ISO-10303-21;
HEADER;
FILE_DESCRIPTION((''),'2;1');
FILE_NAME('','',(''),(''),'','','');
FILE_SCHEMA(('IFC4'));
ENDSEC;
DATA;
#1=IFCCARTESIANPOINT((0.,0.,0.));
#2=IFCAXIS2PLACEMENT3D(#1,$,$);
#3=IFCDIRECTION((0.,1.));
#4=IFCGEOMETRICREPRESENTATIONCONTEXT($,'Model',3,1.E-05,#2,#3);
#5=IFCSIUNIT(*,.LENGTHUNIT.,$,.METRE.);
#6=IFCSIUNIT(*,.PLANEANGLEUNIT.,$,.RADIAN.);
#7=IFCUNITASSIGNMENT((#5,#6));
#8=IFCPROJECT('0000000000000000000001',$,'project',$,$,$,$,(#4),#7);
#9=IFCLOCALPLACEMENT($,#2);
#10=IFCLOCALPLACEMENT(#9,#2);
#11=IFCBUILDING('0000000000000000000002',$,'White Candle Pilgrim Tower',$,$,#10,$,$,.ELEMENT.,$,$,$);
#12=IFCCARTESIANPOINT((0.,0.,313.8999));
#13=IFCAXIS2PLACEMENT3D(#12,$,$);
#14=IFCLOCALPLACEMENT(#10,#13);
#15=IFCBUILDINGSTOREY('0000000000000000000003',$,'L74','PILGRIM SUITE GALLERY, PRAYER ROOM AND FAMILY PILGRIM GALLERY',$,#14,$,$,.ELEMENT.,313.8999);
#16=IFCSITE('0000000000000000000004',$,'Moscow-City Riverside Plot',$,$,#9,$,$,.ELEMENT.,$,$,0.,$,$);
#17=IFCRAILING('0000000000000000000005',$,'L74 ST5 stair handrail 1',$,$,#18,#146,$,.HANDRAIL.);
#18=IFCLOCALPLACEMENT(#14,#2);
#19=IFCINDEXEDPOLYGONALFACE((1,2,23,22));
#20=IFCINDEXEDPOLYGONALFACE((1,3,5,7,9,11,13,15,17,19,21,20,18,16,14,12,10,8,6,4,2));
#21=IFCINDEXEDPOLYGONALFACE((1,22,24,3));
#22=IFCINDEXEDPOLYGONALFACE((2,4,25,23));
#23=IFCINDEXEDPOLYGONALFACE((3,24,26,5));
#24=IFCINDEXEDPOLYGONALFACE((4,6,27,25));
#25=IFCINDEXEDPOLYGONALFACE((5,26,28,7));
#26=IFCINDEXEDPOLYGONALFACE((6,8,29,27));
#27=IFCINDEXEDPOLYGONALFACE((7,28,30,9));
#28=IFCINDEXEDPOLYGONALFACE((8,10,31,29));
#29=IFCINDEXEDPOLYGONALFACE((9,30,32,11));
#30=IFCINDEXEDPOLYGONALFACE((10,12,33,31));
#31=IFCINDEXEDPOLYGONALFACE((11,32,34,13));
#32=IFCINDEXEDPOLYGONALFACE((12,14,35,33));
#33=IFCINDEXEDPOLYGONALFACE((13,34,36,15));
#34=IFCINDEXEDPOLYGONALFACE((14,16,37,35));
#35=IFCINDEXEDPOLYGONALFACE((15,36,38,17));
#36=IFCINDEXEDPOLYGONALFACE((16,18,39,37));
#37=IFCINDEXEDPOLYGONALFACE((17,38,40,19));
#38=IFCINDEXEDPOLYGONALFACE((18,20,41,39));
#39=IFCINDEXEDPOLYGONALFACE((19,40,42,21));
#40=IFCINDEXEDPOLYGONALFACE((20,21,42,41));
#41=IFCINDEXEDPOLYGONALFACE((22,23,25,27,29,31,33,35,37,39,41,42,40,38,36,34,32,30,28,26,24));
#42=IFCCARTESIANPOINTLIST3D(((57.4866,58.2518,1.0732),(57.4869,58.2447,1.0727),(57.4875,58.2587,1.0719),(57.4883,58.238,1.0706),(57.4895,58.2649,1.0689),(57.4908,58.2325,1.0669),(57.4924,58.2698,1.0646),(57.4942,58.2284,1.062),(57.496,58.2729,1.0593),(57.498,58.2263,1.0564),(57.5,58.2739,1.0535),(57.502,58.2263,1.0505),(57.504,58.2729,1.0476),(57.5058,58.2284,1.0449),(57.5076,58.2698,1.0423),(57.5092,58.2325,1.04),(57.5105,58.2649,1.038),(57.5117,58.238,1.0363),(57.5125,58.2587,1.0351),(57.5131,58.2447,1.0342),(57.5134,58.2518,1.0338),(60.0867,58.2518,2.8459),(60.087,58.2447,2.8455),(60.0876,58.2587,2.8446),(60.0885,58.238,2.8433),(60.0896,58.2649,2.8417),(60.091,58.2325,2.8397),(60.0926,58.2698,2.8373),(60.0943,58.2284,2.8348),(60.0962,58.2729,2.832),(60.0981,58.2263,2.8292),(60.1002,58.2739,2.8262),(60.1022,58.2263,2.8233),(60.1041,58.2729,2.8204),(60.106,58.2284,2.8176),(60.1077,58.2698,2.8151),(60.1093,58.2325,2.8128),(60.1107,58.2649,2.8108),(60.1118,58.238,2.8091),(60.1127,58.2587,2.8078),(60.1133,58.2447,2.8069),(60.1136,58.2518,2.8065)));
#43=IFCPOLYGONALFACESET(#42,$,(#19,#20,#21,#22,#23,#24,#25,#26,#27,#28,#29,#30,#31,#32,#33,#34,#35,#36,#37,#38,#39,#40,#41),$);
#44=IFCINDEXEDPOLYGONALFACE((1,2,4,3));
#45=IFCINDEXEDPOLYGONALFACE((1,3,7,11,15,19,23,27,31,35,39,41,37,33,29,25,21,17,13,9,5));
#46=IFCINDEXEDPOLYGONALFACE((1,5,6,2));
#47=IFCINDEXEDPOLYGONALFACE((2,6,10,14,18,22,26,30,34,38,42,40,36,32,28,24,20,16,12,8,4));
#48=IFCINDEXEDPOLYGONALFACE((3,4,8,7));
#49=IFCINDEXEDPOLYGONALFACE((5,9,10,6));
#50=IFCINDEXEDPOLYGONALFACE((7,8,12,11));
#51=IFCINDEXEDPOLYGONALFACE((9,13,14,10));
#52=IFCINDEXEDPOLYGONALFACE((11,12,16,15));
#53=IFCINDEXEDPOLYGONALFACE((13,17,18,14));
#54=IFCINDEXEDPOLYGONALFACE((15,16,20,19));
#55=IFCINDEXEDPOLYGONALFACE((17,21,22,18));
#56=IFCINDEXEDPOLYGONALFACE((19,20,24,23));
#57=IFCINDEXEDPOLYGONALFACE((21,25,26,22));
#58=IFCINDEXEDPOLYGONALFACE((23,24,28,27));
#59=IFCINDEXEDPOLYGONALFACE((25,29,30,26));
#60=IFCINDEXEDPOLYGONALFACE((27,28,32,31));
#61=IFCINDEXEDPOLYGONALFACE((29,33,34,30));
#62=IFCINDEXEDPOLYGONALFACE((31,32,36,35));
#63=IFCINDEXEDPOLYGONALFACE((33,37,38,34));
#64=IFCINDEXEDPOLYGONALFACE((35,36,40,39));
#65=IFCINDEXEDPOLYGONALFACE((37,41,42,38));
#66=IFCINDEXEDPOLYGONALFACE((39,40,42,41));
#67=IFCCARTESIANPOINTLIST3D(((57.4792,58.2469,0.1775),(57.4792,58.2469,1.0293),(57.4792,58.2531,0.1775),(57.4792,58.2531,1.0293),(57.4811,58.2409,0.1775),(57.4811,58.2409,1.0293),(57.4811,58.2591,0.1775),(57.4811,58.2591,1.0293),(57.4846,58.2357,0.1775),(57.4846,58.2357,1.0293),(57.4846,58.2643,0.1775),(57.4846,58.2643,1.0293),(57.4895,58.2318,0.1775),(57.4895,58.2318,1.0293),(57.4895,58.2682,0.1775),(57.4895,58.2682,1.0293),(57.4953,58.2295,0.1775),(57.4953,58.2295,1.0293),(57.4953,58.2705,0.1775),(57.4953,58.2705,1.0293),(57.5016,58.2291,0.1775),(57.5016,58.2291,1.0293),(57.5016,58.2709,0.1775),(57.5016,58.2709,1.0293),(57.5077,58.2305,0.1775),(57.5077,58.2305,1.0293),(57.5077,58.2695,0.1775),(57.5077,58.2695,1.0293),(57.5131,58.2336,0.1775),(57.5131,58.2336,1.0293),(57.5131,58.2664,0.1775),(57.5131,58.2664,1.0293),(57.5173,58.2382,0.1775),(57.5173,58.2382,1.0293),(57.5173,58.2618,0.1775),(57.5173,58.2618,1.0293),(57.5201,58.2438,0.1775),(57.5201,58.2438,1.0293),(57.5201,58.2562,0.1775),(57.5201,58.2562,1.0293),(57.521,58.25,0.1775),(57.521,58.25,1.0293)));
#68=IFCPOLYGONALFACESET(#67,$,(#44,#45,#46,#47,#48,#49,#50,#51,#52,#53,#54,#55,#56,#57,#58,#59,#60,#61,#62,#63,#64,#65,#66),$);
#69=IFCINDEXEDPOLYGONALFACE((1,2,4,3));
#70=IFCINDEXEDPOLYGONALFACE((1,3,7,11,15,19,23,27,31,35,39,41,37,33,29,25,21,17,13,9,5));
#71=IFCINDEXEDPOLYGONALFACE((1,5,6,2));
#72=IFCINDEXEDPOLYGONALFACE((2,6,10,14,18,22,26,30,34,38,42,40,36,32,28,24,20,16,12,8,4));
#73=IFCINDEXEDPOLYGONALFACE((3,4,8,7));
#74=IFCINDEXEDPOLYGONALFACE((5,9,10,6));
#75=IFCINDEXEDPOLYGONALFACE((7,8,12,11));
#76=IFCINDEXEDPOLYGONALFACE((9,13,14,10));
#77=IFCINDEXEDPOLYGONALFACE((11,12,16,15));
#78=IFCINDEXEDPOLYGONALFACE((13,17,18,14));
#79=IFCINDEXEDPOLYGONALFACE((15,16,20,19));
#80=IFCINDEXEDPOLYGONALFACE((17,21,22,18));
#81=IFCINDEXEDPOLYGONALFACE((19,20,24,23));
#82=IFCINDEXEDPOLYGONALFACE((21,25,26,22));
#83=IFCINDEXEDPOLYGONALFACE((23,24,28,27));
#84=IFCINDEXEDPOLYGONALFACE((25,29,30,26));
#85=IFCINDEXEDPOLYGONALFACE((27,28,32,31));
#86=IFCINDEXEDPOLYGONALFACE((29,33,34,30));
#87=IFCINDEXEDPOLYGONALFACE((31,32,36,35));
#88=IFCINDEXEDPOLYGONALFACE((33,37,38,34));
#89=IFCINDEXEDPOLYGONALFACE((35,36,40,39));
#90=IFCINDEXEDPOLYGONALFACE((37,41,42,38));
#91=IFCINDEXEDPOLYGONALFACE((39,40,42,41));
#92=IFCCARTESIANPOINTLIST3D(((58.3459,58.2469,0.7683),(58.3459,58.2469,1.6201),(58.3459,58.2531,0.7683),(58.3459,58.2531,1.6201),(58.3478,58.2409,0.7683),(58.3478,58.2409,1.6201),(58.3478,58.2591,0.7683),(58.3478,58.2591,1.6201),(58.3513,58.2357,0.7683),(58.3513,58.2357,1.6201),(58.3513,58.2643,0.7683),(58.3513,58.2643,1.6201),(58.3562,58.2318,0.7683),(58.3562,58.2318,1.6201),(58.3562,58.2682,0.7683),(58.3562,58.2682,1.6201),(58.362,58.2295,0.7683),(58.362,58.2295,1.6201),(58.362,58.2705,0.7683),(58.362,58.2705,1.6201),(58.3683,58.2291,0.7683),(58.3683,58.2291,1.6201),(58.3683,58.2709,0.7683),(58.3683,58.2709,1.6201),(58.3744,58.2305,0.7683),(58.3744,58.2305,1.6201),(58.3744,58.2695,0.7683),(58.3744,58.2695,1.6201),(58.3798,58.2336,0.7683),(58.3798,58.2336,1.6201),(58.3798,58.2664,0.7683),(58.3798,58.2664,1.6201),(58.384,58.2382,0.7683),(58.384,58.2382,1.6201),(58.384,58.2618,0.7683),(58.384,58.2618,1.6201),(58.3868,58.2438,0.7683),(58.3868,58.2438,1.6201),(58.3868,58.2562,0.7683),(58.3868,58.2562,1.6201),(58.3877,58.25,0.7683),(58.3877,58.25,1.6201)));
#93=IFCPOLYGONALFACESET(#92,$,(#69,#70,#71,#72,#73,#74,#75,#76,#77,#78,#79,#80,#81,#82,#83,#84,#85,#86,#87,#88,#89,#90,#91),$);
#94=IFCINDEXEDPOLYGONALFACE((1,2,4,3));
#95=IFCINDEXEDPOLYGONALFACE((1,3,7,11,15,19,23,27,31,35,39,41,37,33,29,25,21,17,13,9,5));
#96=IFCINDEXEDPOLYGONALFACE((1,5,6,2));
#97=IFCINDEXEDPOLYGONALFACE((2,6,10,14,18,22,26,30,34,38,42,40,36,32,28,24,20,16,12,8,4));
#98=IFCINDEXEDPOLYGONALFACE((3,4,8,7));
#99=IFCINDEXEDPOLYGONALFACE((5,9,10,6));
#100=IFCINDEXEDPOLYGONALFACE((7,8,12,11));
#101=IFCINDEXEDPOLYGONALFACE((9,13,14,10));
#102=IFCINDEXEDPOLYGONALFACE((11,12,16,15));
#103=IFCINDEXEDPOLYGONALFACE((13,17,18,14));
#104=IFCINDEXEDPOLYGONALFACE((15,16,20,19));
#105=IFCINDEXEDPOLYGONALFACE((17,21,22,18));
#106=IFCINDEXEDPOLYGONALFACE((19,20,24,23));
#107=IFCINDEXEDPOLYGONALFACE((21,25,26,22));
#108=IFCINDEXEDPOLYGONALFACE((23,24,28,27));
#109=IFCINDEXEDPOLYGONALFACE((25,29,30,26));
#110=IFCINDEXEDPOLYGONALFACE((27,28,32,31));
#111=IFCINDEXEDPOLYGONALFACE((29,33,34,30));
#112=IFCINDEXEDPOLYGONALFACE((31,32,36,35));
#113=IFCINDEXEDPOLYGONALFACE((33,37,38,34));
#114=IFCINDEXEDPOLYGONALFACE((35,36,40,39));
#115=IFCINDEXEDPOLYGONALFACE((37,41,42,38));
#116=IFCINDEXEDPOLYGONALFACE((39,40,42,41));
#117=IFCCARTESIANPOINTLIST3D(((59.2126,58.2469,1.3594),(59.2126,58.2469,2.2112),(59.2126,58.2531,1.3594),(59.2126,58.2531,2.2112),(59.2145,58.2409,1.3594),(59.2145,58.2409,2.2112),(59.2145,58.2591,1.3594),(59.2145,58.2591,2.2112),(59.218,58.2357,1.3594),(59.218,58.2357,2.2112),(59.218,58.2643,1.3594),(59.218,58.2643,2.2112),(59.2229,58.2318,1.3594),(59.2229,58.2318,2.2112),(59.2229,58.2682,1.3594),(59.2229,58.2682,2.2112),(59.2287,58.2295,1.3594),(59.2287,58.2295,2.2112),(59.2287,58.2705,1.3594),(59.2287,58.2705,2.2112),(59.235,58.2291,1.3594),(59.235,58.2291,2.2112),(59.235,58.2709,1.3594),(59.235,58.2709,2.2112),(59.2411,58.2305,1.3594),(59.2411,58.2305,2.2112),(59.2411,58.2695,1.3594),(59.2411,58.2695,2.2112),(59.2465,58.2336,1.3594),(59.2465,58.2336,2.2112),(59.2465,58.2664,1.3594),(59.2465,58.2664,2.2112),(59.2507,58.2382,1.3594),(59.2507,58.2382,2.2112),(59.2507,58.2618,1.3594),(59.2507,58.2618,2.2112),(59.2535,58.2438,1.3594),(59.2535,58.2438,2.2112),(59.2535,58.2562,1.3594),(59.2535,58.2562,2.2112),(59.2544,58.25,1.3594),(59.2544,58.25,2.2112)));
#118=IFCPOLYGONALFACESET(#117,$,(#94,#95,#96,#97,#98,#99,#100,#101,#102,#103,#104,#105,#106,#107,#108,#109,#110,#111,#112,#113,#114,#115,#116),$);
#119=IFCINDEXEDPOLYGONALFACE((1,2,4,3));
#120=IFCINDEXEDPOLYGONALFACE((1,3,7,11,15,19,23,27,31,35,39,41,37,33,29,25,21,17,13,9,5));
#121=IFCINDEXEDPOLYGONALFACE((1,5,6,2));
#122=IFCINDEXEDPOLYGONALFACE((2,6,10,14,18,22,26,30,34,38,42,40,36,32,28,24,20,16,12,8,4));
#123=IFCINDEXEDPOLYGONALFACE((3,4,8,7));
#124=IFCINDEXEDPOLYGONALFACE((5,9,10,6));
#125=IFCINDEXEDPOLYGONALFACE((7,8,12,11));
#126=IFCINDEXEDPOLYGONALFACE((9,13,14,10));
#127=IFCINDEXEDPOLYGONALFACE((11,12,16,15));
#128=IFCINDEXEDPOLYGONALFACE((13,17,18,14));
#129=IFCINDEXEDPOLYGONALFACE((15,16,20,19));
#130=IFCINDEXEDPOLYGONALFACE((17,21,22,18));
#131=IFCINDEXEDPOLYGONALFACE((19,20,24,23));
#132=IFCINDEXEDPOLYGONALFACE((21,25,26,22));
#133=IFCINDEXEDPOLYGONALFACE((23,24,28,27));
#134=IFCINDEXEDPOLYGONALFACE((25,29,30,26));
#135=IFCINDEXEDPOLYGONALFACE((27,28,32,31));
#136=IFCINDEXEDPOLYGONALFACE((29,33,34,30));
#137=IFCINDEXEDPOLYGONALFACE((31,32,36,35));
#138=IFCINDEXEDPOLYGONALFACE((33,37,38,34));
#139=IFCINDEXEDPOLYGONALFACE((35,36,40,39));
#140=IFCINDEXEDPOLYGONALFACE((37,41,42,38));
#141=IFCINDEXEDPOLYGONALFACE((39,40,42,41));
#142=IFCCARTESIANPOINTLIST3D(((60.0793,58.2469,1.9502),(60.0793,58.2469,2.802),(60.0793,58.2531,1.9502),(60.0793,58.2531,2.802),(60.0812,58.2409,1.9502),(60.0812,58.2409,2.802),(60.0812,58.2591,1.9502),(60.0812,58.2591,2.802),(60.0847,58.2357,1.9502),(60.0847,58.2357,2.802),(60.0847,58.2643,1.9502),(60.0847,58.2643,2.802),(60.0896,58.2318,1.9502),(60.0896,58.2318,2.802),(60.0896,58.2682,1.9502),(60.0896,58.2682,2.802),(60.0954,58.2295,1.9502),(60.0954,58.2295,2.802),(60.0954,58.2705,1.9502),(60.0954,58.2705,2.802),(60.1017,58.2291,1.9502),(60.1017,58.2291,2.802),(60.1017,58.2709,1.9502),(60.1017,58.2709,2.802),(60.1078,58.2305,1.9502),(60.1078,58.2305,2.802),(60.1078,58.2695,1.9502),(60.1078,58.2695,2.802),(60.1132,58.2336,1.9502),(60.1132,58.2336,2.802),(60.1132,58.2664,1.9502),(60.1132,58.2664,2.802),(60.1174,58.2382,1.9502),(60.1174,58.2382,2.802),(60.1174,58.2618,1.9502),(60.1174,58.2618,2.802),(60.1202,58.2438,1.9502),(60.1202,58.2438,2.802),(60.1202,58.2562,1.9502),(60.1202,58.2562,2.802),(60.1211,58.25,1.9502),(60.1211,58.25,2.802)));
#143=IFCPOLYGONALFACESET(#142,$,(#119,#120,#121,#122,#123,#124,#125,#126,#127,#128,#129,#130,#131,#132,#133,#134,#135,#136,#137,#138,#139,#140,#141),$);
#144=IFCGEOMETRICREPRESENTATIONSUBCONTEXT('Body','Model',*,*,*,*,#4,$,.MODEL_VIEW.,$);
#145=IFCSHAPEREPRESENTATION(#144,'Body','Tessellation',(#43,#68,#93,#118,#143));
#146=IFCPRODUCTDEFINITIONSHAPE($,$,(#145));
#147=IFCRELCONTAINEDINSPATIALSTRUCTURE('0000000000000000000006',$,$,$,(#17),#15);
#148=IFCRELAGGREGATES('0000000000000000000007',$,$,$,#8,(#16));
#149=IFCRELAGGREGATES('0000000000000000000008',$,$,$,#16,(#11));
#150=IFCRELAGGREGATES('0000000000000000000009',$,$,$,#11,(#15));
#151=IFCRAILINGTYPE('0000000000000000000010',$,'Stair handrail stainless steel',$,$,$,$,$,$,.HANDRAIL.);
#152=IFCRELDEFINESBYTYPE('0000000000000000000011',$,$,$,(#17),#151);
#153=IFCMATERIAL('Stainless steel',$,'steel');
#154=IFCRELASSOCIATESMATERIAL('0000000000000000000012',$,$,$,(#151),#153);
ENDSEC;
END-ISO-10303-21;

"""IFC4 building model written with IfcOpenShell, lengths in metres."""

from ifc_helpers import new_model, si_unit, direction, frame, origin, origin_2d, place, context, subcontext, project, spatial, circle, extrude, material, type_object, element, save


model = new_model("IFC4")

# Units and contexts
model_context = context("Model", 3, precision=1e-05, world=origin(), true_north=direction((0.0, 1.0)))
body_context = subcontext(model_context, "Body", "Model", "MODEL_VIEW")
ifc_project = project(units=[si_unit("LENGTHUNIT", "METRE"), si_unit("PLANEANGLEUNIT", "RADIAN")], contexts=[model_context])

# Site, building, storey
site_placement = place(None, origin())
site = spatial("IfcSite", under=ifc_project, at=site_placement, Name="Moscow-City Riverside Plot", CompositionType="ELEMENT", RefElevation=0.0)
building_placement = place(site_placement, origin())
building = spatial("IfcBuilding", under=site, at=building_placement, Name="White Candle Pilgrim Tower", CompositionType="ELEMENT")
storey_placement = place(building_placement, frame((0.0, 0.0, 313.8999)))
storey = spatial("IfcBuildingStorey", under=building, at=storey_placement, Name="L74", Description="PILGRIM SUITE GALLERY, PRAYER ROOM AND FAMILY PILGRIM GALLERY", CompositionType="ELEMENT", Elevation=313.8999)

# Railing
ifc_material_1 = material(Name="Stainless steel", Category="steel")
railing_type_1 = type_object("IfcRailingType", Name="Stair handrail stainless steel", PredefinedType="HANDRAIL", material=ifc_material_1)
railing_1_placement = place(storey_placement, frame((57.5, 58.25, 0.1775)))
element("IfcRailing", 1, at=railing_1_placement, inside=storey, type_object=railing_type_1, Name="L74 ST5 stair handrail 1", PredefinedType="HANDRAIL", context=body_context, shape_type="SweptSolid", body=[
    extrude(circle(Radius=0.0239, at=origin_2d()), frame((0.0, 0.0, 0.876), z_axis=(0.82624, 0.0, 0.563318), x_axis=(0.0, 1.0, 0.0)), (0.0, 0.0, 1.0), 3.147),
    extrude(circle(Radius=0.021, at=origin_2d()), origin(), (0.0, 0.0, 1.0), 0.8518),
    extrude(circle(Radius=0.021, at=origin_2d()), frame((0.8667, 0.0, 0.5908)), (0.0, 0.0, 1.0), 0.8518),
    extrude(circle(Radius=0.021, at=origin_2d()), frame((1.7334, 0.0, 1.1819)), (0.0, 0.0, 1.0), 0.8518),
    extrude(circle(Radius=0.021, at=origin_2d()), frame((2.6001, 0.0, 1.7727)), (0.0, 0.0, 1.0), 0.8518),
])

save(model, "model.ifc")
